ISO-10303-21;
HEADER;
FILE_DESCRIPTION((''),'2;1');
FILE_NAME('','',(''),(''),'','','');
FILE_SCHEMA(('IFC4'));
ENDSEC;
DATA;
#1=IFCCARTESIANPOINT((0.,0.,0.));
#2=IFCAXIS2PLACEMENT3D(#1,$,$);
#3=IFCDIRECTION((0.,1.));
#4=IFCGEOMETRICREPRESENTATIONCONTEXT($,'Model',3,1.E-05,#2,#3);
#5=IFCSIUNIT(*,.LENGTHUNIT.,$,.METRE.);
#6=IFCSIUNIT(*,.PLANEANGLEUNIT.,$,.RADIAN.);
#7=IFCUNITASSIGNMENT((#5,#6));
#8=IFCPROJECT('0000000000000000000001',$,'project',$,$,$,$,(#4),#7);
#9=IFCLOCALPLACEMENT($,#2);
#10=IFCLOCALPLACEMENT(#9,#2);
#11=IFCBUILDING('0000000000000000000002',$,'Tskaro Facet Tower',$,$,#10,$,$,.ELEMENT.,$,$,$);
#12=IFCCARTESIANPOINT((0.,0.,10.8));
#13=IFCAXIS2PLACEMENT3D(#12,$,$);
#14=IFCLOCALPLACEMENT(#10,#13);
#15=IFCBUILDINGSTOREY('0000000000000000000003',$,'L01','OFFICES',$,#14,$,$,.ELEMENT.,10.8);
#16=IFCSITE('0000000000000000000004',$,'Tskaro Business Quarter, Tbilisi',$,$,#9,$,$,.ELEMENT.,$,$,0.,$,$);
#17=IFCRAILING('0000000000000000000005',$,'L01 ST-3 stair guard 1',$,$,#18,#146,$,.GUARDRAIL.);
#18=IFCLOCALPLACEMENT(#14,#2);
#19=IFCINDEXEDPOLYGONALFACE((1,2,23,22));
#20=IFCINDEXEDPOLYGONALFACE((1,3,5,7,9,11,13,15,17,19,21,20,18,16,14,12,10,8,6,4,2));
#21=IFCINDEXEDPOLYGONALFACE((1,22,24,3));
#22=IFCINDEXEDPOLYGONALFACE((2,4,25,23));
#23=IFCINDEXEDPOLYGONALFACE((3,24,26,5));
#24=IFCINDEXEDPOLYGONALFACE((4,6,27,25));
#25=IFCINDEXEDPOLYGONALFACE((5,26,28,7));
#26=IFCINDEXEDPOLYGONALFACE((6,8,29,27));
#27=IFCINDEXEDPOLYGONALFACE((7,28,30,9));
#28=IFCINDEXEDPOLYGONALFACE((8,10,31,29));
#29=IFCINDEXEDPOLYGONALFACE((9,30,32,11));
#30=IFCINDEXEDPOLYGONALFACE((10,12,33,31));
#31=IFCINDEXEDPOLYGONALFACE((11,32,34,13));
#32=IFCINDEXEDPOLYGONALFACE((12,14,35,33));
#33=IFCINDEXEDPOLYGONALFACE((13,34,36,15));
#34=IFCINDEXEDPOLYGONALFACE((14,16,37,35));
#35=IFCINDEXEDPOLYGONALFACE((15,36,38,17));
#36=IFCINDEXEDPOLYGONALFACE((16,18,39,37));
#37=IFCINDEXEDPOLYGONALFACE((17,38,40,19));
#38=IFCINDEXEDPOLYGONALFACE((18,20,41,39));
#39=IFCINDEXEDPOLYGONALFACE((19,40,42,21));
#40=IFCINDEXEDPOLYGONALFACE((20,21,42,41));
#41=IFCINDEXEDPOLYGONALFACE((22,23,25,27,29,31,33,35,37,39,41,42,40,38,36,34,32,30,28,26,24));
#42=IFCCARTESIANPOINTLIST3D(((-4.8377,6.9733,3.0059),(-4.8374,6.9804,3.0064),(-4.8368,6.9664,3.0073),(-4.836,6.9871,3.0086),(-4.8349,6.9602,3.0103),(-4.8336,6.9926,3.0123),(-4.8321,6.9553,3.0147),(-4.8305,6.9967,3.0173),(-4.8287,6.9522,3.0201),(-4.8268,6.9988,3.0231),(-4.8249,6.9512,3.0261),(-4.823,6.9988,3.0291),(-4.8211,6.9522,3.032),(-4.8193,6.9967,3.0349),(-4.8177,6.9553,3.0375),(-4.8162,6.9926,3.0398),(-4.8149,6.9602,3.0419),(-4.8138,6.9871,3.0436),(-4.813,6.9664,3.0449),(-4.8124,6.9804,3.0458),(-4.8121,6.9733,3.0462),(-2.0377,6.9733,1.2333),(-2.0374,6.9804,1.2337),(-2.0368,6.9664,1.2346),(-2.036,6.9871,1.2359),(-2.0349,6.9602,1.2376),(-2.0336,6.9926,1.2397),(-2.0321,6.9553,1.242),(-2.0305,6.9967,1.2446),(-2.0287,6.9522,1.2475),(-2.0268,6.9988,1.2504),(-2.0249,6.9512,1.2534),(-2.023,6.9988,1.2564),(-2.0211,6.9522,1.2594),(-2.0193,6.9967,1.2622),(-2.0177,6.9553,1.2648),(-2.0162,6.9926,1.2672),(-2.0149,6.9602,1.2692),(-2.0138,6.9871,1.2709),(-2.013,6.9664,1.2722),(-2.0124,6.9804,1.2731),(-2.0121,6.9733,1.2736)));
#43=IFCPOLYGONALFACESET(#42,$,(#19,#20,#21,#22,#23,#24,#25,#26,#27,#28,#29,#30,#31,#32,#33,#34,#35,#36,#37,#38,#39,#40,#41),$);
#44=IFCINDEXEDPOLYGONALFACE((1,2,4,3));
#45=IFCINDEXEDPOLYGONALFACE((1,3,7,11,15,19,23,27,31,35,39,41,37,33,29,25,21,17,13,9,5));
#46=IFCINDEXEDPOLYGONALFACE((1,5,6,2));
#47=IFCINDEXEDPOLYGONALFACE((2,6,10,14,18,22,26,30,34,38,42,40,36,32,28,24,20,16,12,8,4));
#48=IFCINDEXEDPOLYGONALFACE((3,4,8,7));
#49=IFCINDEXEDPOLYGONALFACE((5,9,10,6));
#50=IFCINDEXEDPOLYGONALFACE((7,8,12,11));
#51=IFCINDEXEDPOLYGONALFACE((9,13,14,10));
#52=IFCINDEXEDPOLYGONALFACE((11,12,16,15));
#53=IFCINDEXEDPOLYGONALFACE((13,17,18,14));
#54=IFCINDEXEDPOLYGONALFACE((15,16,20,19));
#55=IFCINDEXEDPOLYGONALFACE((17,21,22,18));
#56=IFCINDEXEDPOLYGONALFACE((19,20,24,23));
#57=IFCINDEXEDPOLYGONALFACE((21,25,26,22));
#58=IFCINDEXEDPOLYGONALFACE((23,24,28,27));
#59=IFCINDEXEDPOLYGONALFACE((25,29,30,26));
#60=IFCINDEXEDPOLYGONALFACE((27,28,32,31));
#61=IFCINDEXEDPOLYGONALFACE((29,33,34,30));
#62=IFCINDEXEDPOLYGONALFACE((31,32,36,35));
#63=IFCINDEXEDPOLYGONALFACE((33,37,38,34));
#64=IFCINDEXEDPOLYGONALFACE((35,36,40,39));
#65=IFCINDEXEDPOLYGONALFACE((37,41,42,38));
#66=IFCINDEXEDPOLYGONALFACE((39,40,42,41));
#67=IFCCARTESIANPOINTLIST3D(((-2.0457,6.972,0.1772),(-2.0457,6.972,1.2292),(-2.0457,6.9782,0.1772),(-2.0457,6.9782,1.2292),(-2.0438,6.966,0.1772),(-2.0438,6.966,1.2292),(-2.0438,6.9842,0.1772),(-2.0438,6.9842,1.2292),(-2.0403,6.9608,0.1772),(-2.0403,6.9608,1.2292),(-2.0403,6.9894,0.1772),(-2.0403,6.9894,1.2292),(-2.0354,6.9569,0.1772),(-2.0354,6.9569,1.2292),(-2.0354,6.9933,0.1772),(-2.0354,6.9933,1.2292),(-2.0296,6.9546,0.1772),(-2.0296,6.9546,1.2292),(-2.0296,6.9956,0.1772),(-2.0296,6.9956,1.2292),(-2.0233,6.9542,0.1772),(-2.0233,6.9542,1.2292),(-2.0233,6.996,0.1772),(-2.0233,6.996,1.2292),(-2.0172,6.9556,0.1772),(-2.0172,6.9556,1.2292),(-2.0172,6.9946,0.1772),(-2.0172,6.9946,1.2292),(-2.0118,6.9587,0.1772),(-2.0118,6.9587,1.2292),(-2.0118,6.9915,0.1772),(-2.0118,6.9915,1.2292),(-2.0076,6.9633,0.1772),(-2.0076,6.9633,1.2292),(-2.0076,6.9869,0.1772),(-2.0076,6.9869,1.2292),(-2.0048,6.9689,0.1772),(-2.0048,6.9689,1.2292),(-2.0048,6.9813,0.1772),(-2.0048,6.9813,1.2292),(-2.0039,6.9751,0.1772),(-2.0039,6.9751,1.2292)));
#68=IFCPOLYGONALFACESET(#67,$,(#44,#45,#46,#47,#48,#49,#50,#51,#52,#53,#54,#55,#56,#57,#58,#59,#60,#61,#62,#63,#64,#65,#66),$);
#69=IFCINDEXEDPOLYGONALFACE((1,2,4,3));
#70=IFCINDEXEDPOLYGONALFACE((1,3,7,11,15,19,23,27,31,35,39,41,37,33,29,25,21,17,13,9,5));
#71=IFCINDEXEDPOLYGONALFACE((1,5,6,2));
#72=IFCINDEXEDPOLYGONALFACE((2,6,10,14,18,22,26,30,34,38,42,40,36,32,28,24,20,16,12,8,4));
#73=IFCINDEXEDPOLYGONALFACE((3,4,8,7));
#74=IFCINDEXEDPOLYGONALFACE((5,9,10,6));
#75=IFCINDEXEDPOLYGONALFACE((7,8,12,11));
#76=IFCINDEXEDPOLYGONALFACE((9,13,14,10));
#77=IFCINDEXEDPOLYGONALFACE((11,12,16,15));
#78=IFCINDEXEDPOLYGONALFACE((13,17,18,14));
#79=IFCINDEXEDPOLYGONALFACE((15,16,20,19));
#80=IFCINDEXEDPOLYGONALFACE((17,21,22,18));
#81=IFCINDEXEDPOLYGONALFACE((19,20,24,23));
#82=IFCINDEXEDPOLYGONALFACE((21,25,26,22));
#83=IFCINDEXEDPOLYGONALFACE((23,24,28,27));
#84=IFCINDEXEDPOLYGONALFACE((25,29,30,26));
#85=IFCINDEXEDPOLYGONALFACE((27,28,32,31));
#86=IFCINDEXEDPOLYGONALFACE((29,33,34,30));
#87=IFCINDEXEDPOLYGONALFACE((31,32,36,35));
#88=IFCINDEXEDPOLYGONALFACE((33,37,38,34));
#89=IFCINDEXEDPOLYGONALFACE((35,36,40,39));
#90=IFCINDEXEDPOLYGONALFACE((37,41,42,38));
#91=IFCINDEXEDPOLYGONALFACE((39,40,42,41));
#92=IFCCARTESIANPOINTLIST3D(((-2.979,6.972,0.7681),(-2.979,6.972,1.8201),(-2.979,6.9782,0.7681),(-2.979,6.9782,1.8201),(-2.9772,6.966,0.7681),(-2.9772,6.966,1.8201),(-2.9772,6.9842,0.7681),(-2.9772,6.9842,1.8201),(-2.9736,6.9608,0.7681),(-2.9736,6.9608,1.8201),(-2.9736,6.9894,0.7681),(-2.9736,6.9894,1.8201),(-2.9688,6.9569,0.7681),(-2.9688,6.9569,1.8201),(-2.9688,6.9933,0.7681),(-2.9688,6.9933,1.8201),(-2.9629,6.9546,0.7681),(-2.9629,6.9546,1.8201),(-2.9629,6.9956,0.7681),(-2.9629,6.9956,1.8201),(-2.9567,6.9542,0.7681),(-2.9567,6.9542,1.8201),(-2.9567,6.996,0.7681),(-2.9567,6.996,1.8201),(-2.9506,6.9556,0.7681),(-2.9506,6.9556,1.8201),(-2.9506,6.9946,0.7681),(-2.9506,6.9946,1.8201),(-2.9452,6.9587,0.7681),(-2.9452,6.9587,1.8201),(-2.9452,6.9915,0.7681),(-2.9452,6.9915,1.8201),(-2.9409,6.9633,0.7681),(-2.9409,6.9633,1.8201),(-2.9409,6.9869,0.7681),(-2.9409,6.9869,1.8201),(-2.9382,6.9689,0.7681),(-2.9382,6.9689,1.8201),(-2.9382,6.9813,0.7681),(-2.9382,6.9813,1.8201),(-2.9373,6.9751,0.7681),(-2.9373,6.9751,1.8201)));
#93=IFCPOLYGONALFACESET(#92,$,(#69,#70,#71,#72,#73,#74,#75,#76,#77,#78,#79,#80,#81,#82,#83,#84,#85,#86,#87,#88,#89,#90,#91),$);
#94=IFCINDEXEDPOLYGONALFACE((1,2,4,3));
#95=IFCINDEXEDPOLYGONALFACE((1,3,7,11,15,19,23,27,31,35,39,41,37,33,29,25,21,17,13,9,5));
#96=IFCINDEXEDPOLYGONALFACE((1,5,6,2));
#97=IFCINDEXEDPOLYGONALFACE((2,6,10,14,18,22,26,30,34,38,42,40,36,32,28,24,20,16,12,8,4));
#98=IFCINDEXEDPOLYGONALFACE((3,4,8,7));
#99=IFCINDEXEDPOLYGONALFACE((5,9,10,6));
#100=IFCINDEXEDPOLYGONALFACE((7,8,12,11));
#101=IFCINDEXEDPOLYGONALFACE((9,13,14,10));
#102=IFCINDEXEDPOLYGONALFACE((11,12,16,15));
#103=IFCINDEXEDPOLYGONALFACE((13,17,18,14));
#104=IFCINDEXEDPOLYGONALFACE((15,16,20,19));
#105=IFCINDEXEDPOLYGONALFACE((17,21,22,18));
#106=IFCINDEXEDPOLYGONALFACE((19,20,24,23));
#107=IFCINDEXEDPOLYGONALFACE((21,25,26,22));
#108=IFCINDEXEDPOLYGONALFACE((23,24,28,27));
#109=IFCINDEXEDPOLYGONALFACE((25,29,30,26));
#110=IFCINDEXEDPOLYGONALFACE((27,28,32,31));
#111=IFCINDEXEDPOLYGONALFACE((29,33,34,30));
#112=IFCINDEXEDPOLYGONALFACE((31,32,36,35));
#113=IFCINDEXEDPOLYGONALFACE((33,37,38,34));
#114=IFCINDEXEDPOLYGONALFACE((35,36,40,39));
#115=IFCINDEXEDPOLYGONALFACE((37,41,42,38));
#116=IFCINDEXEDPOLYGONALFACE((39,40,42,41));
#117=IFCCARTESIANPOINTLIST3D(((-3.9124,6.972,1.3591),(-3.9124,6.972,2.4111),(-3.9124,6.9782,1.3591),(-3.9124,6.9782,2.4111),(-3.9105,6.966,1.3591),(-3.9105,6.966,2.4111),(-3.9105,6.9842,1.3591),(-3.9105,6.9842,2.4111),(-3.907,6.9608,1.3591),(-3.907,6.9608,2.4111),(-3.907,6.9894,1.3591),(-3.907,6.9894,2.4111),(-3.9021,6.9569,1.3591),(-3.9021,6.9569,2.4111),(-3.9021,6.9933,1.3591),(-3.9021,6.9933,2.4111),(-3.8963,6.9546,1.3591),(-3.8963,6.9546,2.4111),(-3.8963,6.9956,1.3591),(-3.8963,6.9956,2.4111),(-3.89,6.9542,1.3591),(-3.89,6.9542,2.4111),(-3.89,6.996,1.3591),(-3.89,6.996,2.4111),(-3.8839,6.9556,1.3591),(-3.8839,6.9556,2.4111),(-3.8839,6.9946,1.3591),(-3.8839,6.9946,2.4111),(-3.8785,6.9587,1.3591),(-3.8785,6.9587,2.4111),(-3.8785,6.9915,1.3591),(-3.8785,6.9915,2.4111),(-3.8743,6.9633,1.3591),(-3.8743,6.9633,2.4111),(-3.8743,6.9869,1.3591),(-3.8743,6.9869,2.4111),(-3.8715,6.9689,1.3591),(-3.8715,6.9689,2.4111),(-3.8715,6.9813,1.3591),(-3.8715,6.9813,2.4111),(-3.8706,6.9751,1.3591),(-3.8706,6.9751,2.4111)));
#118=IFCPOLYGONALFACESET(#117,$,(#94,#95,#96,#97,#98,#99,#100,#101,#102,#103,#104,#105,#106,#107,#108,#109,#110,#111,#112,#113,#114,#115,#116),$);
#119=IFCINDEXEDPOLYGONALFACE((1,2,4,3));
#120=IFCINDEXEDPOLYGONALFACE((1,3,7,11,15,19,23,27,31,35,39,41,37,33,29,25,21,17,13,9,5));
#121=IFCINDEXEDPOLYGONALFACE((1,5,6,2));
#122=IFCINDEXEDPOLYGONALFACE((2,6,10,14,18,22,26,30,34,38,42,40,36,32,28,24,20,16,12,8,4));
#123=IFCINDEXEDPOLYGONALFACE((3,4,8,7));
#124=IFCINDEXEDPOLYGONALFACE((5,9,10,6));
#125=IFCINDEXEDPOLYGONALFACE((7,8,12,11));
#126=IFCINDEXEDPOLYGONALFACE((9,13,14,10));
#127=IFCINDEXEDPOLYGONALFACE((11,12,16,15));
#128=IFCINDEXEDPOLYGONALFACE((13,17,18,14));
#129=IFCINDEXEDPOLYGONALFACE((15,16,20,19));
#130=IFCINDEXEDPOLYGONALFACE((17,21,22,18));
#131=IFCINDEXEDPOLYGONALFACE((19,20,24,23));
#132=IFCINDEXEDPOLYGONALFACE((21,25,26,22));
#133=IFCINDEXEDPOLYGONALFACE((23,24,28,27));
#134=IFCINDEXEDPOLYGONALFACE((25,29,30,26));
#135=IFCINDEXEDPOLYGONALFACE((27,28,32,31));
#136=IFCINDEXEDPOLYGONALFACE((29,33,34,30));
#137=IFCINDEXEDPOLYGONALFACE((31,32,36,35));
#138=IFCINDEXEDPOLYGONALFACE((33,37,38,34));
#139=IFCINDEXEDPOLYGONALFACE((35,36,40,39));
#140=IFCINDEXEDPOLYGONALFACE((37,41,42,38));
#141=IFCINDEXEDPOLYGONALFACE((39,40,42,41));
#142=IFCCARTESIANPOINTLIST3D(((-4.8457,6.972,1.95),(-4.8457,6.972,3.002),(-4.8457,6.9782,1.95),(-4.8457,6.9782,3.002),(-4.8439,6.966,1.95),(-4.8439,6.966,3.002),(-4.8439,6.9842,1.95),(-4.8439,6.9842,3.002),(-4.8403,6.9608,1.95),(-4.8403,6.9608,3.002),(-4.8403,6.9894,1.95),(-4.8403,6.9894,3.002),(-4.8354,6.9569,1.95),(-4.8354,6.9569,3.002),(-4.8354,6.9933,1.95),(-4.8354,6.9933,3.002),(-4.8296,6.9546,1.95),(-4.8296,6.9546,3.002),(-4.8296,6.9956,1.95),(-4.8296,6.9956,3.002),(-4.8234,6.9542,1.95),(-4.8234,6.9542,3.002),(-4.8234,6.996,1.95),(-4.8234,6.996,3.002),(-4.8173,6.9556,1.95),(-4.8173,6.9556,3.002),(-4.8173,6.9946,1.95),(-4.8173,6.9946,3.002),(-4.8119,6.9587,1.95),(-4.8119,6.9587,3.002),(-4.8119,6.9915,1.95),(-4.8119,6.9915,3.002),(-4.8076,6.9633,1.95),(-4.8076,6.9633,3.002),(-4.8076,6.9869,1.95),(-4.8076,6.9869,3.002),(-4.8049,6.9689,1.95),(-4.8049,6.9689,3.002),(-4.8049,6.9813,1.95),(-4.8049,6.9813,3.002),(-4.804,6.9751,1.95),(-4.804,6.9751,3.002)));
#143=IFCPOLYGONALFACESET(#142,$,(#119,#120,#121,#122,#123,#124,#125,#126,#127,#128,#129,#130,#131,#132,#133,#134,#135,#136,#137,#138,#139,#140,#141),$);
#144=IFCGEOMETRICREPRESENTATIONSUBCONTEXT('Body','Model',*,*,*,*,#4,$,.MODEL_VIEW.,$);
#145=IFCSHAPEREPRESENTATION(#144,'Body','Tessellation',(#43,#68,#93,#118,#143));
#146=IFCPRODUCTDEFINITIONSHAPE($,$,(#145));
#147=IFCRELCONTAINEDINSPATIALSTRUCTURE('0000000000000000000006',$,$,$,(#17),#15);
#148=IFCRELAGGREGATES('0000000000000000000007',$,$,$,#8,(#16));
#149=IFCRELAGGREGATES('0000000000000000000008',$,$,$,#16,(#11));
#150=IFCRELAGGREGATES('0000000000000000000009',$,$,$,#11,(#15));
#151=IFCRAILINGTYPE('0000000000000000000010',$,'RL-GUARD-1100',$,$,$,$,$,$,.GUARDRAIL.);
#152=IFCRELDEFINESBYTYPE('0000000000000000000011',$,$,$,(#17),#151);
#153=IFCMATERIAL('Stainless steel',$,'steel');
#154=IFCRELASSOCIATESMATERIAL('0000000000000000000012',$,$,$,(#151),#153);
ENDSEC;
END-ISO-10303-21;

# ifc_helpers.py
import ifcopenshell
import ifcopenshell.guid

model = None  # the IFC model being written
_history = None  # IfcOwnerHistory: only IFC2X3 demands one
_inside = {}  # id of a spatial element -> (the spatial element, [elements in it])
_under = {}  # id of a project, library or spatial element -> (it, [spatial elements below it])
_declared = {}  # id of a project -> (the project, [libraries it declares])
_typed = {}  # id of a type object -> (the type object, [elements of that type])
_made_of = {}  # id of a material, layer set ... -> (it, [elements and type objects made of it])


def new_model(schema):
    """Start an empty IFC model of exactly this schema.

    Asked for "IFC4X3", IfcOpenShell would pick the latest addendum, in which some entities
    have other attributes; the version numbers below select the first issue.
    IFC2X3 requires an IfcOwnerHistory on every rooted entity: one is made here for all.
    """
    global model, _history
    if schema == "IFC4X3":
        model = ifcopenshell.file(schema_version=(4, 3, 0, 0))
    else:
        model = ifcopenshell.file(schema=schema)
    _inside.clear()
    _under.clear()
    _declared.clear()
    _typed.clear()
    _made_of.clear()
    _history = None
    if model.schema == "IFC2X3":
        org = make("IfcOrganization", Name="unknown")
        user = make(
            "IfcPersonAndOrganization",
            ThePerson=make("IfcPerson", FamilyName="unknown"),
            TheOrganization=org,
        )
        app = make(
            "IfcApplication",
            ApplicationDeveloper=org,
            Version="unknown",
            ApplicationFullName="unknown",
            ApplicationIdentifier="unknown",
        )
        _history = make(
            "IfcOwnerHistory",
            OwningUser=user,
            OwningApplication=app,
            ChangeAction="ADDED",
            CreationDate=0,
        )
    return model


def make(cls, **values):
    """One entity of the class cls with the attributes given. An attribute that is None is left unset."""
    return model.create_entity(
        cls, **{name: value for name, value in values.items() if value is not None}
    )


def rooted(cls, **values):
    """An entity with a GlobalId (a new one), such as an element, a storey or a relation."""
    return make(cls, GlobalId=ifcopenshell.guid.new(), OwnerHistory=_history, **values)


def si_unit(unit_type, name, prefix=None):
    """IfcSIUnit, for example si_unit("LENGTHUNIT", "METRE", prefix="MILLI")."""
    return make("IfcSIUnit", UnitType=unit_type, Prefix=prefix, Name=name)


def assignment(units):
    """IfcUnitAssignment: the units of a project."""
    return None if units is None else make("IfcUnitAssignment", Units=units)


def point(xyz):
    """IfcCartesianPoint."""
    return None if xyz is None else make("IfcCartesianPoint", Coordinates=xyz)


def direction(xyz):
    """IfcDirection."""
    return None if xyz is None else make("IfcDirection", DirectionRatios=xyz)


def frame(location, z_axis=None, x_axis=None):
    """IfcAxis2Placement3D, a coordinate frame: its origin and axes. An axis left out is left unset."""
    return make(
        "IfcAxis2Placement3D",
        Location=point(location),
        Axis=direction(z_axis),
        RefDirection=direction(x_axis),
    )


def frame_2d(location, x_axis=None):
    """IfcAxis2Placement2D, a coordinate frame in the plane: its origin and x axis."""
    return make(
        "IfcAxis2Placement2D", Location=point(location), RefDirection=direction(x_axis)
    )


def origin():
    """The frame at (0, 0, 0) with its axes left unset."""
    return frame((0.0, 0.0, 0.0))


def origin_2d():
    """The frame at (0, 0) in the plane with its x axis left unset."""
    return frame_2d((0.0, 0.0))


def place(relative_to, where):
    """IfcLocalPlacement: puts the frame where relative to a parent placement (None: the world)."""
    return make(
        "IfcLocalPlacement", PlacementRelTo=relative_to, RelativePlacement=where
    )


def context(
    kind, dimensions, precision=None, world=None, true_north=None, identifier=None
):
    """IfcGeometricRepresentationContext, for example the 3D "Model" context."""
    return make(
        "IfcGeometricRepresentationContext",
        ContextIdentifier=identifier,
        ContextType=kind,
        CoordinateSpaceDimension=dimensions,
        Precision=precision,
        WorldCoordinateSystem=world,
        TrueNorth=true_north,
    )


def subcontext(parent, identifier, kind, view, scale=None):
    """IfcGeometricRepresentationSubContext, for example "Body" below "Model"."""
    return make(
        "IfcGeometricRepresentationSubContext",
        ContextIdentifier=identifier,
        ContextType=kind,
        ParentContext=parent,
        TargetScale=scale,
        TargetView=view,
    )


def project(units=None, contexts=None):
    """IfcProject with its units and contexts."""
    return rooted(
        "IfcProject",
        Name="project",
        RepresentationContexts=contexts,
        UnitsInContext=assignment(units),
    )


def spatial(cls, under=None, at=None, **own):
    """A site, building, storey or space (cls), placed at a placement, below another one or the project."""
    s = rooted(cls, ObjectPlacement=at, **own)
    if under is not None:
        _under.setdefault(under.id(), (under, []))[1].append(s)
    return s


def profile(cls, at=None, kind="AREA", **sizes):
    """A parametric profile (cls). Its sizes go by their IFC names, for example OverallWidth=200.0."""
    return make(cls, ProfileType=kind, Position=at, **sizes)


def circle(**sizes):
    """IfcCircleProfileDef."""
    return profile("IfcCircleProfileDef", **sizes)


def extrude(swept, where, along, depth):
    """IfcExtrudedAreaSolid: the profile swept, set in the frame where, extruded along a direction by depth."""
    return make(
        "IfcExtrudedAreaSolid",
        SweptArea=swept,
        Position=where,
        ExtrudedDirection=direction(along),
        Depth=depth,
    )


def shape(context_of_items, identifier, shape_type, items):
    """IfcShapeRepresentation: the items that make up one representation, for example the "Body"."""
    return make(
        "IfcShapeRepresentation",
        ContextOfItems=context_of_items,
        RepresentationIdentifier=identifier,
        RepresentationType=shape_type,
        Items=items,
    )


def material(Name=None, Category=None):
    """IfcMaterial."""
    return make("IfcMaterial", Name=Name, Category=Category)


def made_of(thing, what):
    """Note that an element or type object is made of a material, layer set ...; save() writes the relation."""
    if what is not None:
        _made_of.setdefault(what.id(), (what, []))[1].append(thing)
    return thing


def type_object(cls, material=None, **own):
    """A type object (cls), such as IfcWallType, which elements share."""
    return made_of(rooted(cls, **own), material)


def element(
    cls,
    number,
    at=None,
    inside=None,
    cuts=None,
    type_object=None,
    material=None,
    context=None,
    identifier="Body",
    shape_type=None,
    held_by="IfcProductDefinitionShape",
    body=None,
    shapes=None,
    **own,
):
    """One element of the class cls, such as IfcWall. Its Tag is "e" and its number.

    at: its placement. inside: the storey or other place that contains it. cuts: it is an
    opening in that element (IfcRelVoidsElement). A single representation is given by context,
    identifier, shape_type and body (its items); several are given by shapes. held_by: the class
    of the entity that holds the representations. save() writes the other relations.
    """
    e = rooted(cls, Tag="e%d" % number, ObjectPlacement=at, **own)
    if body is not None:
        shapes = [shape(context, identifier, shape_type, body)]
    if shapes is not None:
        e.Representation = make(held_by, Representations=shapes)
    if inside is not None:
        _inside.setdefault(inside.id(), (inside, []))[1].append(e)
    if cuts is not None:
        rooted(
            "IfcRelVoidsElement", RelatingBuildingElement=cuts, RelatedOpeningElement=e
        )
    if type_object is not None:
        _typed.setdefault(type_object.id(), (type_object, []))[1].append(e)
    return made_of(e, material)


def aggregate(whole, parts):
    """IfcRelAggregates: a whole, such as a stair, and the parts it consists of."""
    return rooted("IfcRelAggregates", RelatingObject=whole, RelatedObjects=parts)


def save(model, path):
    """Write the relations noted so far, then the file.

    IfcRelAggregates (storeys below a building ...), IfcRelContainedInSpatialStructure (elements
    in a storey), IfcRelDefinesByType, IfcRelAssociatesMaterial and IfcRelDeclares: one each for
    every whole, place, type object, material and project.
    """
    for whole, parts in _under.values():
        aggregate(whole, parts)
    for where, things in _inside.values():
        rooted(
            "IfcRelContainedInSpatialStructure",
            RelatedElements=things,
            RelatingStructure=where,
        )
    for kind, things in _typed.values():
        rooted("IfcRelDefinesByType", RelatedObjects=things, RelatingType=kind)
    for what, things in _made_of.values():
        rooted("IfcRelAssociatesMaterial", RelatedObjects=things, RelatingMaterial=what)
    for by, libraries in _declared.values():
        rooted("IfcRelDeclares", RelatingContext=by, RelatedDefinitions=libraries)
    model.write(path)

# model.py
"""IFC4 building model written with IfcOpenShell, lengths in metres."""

from ifc_helpers import new_model, si_unit, direction, frame, origin, origin_2d, place, context, subcontext, project, spatial, circle, extrude, material, type_object, element, save


model = new_model("IFC4")

# Units and contexts
model_context = context("Model", 3, precision=1e-05, world=origin(), true_north=direction((0.0, 1.0)))
body_context = subcontext(model_context, "Body", "Model", "MODEL_VIEW")
ifc_project = project(units=[si_unit("LENGTHUNIT", "METRE"), si_unit("PLANEANGLEUNIT", "RADIAN")], contexts=[model_context])

# Site, building, storey
site_placement = place(None, origin())
site = spatial("IfcSite", under=ifc_project, at=site_placement, Name="Tskaro Business Quarter, Tbilisi", CompositionType="ELEMENT", RefElevation=0.0)
building_placement = place(site_placement, origin())
building = spatial("IfcBuilding", under=site, at=building_placement, Name="Tskaro Facet Tower", CompositionType="ELEMENT")
storey_placement = place(building_placement, frame((0.0, 0.0, 10.8)))
storey = spatial("IfcBuildingStorey", under=building, at=storey_placement, Name="L01", Description="OFFICES", CompositionType="ELEMENT", Elevation=10.8)

# Railing
ifc_material_1 = material(Name="Stainless steel", Category="steel")
railing_type_1 = type_object("IfcRailingType", Name="RL-GUARD-1100", PredefinedType="GUARDRAIL", material=ifc_material_1)
railing_1_placement = place(storey_placement, frame((-2.0249, 6.9751, 0.1772)))
element("IfcRailing", 1, at=railing_1_placement, inside=storey, type_object=railing_type_1, Name="L01 ST-3 stair guard 1", PredefinedType="GUARDRAIL", context=body_context, shape_type="SweptSolid", body=[
    extrude(circle(Radius=0.0239, at=origin_2d()), frame((0.0, 0.0, 1.0762), z_axis=(-0.844909, 0.0, 0.53491), x_axis=(0.0, -1.0, 0.0)), (0.0, 0.0, 1.0), 3.314),
    extrude(circle(Radius=0.021, at=origin_2d()), origin(), (0.0, 0.0, 1.0), 1.052),
    extrude(circle(Radius=0.021, at=origin_2d()), frame((-0.9333, 0.0, 0.5908)), (0.0, 0.0, 1.0), 1.052),
    extrude(circle(Radius=0.021, at=origin_2d()), frame((-1.8667, 0.0, 1.1819)), (0.0, 0.0, 1.0), 1.052),
    extrude(circle(Radius=0.021, at=origin_2d()), frame((-2.8, 0.0, 1.7727)), (0.0, 0.0, 1.0), 1.052),
])

save(model, "model.ifc")
